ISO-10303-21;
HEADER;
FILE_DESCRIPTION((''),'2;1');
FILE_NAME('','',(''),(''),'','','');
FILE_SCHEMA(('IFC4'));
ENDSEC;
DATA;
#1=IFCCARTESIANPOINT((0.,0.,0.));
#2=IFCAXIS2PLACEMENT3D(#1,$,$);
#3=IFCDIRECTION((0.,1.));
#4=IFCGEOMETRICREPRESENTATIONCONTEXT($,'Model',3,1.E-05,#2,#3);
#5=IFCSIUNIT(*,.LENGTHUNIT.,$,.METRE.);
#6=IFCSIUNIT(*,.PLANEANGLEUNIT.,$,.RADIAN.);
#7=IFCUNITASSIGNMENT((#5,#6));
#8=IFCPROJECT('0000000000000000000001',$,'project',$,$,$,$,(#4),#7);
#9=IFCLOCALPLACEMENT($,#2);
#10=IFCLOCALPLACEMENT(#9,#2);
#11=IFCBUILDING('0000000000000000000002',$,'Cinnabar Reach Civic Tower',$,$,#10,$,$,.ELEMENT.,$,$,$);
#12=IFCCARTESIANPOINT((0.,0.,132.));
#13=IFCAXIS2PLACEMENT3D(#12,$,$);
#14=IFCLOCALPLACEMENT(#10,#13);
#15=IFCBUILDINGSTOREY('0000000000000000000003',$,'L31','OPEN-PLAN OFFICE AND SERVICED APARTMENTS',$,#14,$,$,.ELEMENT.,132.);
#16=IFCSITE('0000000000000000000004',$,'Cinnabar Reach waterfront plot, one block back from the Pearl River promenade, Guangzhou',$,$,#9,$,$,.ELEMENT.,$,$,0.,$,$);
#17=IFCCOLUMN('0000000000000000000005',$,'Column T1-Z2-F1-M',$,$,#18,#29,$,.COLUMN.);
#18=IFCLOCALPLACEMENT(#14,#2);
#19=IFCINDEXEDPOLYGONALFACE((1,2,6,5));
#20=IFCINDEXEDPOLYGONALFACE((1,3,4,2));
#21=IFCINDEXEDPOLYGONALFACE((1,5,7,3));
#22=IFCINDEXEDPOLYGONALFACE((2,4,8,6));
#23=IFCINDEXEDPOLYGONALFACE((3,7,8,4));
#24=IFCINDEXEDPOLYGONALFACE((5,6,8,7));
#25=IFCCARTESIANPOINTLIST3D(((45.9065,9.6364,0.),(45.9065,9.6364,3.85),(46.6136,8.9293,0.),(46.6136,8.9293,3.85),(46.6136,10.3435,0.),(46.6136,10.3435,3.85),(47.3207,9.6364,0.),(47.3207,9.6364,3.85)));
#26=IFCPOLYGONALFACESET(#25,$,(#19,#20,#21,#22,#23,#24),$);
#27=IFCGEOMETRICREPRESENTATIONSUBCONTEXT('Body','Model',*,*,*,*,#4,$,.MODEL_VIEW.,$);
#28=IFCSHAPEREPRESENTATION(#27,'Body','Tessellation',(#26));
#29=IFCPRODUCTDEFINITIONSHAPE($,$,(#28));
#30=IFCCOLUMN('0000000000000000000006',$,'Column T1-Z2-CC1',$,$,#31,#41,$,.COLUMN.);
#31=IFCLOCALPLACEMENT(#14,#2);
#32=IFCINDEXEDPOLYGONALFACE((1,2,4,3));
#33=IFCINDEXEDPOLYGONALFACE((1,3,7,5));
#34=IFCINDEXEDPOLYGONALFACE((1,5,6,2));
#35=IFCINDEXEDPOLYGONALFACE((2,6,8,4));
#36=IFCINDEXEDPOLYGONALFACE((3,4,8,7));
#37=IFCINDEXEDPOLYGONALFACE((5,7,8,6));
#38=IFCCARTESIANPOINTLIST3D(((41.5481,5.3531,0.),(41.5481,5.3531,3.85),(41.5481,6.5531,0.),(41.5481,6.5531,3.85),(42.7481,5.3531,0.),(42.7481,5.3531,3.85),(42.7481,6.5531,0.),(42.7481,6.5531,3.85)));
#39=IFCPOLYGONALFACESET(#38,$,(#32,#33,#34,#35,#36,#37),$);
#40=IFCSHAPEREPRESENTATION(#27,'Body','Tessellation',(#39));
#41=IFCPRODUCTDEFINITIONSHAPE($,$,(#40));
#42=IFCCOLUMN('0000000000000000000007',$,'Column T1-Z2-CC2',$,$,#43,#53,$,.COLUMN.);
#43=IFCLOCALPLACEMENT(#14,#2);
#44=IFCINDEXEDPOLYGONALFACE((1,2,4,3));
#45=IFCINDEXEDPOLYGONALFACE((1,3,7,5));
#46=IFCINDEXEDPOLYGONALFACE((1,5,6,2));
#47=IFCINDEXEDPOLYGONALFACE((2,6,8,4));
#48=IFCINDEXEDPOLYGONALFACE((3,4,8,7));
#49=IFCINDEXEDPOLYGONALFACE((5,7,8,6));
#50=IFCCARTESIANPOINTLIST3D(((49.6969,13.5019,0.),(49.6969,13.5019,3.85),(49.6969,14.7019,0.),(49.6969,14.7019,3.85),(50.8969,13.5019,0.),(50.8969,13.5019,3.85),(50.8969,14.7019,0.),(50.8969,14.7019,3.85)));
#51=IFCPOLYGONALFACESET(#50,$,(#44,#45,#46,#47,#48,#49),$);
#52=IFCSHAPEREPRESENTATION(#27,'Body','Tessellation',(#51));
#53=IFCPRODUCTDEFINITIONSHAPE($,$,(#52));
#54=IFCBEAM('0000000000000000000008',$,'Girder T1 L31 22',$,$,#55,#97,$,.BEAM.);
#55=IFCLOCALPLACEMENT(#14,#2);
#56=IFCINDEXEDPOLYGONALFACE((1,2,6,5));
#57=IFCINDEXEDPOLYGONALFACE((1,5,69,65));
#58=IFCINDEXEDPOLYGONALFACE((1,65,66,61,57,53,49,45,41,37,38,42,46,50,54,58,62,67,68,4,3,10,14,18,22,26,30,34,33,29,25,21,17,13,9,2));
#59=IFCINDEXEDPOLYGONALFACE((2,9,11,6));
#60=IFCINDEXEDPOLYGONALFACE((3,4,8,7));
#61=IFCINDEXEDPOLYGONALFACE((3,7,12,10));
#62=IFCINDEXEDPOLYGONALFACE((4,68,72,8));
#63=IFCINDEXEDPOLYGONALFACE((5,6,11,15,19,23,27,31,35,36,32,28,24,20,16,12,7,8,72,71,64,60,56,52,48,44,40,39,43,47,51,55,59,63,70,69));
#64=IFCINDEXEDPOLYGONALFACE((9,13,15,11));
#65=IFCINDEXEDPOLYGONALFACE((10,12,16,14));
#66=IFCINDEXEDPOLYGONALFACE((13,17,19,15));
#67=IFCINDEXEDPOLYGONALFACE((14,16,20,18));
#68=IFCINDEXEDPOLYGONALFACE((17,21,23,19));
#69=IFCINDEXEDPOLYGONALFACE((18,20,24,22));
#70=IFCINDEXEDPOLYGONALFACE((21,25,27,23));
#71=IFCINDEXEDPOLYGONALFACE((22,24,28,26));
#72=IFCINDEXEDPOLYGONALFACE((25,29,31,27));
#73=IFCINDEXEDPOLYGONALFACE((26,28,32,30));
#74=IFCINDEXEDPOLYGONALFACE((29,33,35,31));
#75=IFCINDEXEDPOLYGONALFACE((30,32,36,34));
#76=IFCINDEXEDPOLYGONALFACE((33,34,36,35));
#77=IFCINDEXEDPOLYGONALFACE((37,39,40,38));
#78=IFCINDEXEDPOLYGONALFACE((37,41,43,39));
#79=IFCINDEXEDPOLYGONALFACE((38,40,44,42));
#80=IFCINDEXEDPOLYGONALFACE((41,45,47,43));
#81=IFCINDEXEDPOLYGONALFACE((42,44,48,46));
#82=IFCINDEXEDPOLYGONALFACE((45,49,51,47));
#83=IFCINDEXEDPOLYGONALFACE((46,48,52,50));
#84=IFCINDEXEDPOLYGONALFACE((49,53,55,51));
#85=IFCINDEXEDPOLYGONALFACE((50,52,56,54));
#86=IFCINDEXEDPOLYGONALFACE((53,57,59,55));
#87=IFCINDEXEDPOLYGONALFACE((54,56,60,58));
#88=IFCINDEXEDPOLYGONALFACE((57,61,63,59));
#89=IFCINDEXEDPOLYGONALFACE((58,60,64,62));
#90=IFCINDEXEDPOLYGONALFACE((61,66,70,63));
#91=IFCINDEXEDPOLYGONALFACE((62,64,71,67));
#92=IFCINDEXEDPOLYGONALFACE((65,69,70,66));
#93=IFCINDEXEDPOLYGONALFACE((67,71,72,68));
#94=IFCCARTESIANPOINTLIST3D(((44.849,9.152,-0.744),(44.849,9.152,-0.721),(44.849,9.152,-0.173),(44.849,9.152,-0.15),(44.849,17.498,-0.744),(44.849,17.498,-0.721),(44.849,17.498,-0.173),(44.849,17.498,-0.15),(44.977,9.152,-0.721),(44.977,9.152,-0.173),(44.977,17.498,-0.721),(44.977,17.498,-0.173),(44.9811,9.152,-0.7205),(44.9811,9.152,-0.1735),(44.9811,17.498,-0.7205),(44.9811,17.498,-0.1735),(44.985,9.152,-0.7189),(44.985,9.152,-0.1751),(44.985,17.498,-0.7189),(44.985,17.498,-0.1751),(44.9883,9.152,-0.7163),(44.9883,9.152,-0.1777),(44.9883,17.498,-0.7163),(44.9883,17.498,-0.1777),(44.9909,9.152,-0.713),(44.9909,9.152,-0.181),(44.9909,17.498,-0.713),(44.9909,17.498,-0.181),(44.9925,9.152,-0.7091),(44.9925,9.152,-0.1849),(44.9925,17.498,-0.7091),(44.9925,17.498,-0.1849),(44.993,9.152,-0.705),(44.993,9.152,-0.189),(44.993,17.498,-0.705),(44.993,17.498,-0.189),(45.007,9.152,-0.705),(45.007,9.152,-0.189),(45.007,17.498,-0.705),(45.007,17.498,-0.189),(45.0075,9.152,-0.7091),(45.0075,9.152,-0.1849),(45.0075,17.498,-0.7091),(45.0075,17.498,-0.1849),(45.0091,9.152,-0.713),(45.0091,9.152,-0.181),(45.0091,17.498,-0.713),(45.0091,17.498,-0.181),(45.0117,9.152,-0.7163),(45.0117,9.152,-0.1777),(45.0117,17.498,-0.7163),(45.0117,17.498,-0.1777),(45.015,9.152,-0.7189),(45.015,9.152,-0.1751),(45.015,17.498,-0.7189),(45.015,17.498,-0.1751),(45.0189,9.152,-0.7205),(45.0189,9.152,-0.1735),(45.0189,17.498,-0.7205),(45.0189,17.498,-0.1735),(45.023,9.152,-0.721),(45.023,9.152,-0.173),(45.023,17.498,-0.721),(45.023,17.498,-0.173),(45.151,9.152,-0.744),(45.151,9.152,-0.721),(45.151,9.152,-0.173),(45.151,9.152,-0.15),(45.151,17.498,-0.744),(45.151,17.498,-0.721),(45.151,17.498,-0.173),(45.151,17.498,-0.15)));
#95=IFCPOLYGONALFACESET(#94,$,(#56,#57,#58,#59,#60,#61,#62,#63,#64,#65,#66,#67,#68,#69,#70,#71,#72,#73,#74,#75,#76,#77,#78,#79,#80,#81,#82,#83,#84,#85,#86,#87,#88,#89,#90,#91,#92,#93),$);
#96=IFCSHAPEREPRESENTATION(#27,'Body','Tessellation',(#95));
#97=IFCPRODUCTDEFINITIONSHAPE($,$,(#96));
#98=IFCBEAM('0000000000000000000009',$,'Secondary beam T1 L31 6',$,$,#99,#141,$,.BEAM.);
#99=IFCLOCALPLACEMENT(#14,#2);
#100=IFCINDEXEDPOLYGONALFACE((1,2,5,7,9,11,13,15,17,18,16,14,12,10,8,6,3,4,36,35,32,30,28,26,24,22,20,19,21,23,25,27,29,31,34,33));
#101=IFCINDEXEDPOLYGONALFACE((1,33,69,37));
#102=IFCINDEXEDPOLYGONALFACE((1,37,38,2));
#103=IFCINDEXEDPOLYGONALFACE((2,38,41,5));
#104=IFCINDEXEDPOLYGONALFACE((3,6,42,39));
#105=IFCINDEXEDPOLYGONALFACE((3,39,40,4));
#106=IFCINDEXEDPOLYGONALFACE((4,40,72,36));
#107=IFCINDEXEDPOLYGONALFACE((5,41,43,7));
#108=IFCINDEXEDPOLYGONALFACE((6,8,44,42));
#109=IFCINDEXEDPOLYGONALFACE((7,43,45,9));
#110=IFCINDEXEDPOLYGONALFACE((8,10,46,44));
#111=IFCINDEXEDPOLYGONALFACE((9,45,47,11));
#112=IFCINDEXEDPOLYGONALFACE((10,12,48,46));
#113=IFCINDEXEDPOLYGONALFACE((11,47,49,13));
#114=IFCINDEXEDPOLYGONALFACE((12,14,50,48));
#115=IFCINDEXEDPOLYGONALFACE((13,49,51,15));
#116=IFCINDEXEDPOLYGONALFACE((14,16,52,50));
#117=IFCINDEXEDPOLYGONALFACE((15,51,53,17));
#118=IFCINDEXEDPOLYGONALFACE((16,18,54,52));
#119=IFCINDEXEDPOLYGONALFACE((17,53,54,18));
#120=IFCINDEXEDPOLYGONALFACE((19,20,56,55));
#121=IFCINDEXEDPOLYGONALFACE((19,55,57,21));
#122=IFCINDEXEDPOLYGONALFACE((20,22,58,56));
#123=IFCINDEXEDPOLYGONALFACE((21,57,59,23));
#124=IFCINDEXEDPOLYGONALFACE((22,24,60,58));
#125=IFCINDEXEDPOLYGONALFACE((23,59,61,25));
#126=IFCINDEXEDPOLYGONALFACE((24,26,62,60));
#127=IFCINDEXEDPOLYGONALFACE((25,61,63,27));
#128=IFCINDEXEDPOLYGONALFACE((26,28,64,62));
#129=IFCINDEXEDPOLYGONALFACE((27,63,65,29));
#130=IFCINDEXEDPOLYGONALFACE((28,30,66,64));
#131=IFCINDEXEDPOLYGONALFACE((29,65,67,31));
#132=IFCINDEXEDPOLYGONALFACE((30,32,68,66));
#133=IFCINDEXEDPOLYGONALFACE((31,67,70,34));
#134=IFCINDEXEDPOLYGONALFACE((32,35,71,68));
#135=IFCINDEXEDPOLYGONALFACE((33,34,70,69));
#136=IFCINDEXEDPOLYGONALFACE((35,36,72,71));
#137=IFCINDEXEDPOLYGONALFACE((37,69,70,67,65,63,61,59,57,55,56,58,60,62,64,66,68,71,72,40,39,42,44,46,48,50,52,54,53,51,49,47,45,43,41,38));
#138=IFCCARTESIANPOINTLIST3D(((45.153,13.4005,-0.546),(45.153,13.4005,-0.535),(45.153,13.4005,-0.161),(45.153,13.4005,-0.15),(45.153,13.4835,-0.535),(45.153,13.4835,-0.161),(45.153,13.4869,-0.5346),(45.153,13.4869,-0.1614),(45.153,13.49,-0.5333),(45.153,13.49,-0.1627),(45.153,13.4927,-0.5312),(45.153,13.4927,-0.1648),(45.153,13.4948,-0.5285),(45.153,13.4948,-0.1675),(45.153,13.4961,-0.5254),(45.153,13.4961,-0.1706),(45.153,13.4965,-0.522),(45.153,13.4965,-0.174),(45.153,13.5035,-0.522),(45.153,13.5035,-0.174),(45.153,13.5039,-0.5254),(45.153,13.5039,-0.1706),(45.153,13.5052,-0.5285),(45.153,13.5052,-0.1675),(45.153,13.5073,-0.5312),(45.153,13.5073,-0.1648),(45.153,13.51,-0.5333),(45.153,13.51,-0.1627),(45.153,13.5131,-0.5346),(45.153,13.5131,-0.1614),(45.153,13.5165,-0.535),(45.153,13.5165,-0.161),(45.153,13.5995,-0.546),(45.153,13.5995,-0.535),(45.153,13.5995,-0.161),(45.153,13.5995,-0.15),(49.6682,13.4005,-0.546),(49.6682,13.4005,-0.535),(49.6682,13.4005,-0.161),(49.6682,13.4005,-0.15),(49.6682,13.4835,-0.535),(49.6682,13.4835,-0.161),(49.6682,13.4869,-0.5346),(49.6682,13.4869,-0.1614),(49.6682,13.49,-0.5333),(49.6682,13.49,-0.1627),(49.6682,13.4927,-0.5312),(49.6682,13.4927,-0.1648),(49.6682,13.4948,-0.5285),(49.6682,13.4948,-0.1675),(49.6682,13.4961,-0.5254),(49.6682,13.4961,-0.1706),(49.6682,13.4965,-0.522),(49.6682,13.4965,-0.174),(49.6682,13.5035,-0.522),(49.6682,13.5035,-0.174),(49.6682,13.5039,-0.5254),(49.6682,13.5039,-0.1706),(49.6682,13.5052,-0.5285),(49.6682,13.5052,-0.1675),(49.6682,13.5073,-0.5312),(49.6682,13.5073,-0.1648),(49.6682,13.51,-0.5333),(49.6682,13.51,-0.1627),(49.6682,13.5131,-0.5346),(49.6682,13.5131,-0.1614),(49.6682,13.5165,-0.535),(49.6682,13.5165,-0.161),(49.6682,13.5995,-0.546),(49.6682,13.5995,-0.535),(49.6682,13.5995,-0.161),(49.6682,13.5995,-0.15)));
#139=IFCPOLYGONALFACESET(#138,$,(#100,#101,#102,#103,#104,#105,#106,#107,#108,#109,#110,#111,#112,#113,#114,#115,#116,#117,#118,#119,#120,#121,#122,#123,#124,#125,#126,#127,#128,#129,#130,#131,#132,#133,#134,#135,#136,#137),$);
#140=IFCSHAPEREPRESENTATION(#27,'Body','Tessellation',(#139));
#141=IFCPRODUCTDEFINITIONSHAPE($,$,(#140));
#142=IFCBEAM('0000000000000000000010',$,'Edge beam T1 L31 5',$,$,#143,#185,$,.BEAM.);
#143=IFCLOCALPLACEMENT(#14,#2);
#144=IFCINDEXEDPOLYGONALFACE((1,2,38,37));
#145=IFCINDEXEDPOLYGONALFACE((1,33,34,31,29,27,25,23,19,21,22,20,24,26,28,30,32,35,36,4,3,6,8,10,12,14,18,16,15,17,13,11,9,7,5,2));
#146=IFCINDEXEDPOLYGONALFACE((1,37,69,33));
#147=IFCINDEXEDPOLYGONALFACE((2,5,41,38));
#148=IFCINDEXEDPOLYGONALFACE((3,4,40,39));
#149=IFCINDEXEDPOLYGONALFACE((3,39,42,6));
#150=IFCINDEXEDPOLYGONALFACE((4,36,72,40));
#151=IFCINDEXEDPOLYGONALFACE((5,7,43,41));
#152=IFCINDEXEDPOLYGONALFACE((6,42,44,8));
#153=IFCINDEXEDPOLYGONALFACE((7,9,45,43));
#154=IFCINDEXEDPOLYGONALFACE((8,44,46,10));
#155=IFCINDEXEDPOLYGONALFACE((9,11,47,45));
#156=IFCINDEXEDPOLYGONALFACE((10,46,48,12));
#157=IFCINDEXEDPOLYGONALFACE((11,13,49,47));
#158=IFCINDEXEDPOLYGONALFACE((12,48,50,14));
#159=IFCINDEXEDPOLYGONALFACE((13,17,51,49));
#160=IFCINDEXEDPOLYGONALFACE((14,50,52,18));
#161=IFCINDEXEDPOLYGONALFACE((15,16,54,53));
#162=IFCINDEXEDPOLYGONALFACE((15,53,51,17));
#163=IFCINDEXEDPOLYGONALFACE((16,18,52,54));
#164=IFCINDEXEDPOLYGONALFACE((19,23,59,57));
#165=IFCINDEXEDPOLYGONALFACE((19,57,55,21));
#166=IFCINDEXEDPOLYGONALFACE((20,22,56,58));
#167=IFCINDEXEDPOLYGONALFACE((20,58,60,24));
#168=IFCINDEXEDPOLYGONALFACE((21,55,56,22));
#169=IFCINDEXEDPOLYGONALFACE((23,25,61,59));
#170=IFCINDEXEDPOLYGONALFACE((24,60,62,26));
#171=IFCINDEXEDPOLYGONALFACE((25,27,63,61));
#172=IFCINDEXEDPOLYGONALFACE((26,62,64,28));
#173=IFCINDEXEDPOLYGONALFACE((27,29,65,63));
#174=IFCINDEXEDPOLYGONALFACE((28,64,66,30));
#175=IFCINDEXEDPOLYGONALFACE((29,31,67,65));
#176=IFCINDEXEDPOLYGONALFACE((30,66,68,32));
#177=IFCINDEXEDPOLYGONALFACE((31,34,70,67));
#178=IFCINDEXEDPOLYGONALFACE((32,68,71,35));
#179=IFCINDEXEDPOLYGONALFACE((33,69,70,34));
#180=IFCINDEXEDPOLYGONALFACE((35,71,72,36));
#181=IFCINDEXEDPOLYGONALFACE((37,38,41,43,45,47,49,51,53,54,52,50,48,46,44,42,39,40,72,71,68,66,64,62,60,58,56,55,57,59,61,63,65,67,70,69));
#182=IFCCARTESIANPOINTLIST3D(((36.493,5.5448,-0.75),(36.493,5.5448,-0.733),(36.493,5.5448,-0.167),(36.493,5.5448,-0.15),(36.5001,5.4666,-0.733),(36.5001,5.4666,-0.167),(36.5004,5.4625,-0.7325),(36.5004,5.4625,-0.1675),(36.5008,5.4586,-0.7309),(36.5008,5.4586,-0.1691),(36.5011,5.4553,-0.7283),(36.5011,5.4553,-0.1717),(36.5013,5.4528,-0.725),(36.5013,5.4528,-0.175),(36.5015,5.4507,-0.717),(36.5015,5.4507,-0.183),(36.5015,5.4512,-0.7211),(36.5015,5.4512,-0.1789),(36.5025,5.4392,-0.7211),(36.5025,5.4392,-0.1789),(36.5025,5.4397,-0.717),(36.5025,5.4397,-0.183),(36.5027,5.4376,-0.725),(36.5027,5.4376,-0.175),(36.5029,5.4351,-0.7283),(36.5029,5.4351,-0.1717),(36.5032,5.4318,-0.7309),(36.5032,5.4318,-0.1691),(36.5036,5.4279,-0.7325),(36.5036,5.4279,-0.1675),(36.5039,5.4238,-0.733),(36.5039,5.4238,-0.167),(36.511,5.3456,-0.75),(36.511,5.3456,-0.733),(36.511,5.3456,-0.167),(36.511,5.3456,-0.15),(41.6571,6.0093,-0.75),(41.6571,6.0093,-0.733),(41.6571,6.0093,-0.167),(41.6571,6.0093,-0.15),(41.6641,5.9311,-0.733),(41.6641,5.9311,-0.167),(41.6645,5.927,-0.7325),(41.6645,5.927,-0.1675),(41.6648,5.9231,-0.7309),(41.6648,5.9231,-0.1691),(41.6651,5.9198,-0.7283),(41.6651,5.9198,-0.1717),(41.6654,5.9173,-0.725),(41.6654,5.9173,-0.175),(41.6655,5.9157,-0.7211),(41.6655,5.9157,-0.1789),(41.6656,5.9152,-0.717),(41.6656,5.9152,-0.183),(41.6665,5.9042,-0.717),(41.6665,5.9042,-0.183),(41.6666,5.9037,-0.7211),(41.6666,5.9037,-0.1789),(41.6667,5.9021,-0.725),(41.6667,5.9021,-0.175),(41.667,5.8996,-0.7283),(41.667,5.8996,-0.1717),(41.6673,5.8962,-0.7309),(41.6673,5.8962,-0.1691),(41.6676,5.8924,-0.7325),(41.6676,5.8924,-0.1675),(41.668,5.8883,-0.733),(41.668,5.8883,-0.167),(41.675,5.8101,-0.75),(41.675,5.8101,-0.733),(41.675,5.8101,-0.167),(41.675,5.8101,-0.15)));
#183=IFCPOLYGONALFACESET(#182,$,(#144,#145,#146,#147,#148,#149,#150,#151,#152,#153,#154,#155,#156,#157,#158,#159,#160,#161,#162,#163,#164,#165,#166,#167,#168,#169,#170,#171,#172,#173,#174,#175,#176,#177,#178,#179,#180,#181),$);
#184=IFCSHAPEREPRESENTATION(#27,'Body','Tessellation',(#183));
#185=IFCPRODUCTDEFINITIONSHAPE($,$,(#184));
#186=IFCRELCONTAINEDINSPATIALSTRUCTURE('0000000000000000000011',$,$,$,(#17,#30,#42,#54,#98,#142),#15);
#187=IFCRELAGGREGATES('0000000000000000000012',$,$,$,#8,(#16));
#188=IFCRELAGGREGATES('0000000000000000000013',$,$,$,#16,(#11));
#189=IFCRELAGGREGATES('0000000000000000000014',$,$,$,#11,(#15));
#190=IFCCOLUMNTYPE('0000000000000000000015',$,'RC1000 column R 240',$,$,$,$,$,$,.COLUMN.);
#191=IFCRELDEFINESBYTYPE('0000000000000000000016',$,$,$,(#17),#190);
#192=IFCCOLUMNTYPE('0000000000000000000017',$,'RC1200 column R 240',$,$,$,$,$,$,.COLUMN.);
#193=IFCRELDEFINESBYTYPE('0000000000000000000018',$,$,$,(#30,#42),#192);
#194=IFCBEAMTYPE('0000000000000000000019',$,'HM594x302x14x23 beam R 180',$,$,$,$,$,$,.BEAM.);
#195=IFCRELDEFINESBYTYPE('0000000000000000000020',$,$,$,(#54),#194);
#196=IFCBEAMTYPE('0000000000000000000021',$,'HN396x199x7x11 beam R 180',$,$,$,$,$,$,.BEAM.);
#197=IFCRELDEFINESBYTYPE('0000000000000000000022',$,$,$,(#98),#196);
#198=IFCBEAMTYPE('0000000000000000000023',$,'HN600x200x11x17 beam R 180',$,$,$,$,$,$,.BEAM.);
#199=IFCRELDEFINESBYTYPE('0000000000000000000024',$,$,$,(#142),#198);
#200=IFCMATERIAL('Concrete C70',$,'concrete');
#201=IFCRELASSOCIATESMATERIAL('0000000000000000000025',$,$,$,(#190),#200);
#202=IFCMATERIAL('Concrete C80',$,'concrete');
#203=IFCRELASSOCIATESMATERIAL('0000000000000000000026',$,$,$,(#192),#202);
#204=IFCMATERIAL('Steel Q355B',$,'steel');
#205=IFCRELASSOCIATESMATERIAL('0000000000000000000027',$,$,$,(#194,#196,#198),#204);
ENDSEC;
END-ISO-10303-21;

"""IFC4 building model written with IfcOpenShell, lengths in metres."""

from ifc_helpers import new_model, si_unit, direction, frame, origin, origin_2d, place, context, subcontext, project, spatial, rectangle, i_section, extrude, material, material_profile, profile_set, type_object, element, save


model = new_model("IFC4")

# Units and contexts
model_context = context("Model", 3, precision=1e-05, world=origin(), true_north=direction((0.0, 1.0)))
body_context = subcontext(model_context, "Body", "Model", "MODEL_VIEW")
ifc_project = project(units=[si_unit("LENGTHUNIT", "METRE"), si_unit("PLANEANGLEUNIT", "RADIAN")], contexts=[model_context])

# Site, building, storey
site_placement = place(None, origin())
site = spatial("IfcSite", under=ifc_project, at=site_placement, Name="Cinnabar Reach waterfront plot, one block back from the Pearl River promenade, Guangzhou", CompositionType="ELEMENT", RefElevation=0.0)
building_placement = place(site_placement, origin())
building = spatial("IfcBuilding", under=site, at=building_placement, Name="Cinnabar Reach Civic Tower", CompositionType="ELEMENT")
storey_placement = place(building_placement, frame((0.0, 0.0, 132.0)))
storey = spatial("IfcBuildingStorey", under=building, at=storey_placement, Name="L31", Description="OPEN-PLAN OFFICE AND SERVICED APARTMENTS", CompositionType="ELEMENT", Elevation=132.0)

# Columns
ifc_material_1 = material(Name="Concrete C70", Category="concrete")
ifc_material_profile_1 = material_profile(ifc_material_1, rectangle(XDim=1.0, YDim=1.0, at=origin_2d()), Name="RC1000")
ifc_profile_set_1 = profile_set([ifc_material_profile_1], Name="Concrete C70")
column_type_1 = type_object("IfcColumnType", Name="RC1000 column R 240", PredefinedType="COLUMN", material=ifc_profile_set_1)
column_placement = place(storey_placement, frame((46.6136, 9.6364, 0.0), z_axis=(0.0, 0.0, 1.0), x_axis=(0.707107, 0.707107, 0.0)))
element("IfcColumn", 1, at=column_placement, inside=storey, type_object=column_type_1, Name="Column T1-Z2-F1-M", PredefinedType="COLUMN", context=body_context, shape_type="SweptSolid", body=[
    extrude(rectangle(XDim=1.0, YDim=1.0, at=origin_2d()), origin(), (0.0, 0.0, 1.0), 3.85),
])
ifc_material_2 = material(Name="Concrete C80", Category="concrete")
ifc_material_profile_2 = material_profile(ifc_material_2, rectangle(XDim=1.2, YDim=1.2, at=origin_2d()), Name="RC1200")
ifc_profile_set_2 = profile_set([ifc_material_profile_2], Name="Concrete C80")
column_type_2 = type_object("IfcColumnType", Name="RC1200 column R 240", PredefinedType="COLUMN", material=ifc_profile_set_2)
for number, where, z_axis, x_axis, name in (
    (2, (42.1481, 5.9531, 0.0), (0.0, 0.0, 1.0), (1.0, 0.0, 0.0), "Column T1-Z2-CC1"),
    (3, (50.2969, 14.1019, 0.0), (0.0, 0.0, 1.0), (1.0, 0.0, 0.0), "Column T1-Z2-CC2"),
):
    element("IfcColumn", number, at=place(storey_placement, frame(where, z_axis=z_axis, x_axis=x_axis)), inside=storey, type_object=column_type_2, Name=name, PredefinedType="COLUMN", context=body_context, shape_type="SweptSolid", body=[
        extrude(rectangle(XDim=1.2, YDim=1.2, at=origin_2d()), origin(), (0.0, 0.0, 1.0), 3.85),
    ])

# Beams
ifc_material_3 = material(Name="Steel Q355B", Category="steel")
ifc_material_profile_3 = material_profile(ifc_material_3, i_section(OverallWidth=0.302, OverallDepth=0.594, WebThickness=0.014, FlangeThickness=0.023, FilletRadius=0.016, at=origin_2d()), Name="HM594x302x14x23")
ifc_profile_set_3 = profile_set([ifc_material_profile_3], Name="Steel Q355B")
beam_type_1 = type_object("IfcBeamType", Name="HM594x302x14x23 beam R 180", PredefinedType="BEAM", material=ifc_profile_set_3)
beam_1_placement = place(storey_placement, frame((45.0, 9.152, -0.447), z_axis=(0.0, 1.0, 0.0), x_axis=(-1.0, 0.0, 0.0)))
element("IfcBeam", 4, at=beam_1_placement, inside=storey, type_object=beam_type_1, Name="Girder T1 L31 22", PredefinedType="BEAM", context=body_context, shape_type="SweptSolid", body=[
    extrude(i_section(OverallWidth=0.302, OverallDepth=0.594, WebThickness=0.014, FlangeThickness=0.023, FilletRadius=0.016, at=origin_2d()), origin(), (0.0, 0.0, 1.0), 8.346),
])
ifc_material_profile_4 = material_profile(ifc_material_3, i_section(OverallWidth=0.199, OverallDepth=0.396, WebThickness=0.007, FlangeThickness=0.011, FilletRadius=0.013, at=origin_2d()), Name="HN396x199x7x11")
ifc_profile_set_4 = profile_set([ifc_material_profile_4], Name="Steel Q355B")
beam_type_2 = type_object("IfcBeamType", Name="HN396x199x7x11 beam R 180", PredefinedType="BEAM", material=ifc_profile_set_4)
beam_2_placement = place(storey_placement, frame((45.153, 13.5, -0.348), z_axis=(1.0, 0.0, 0.0), x_axis=(0.0, 1.0, 0.0)))
element("IfcBeam", 5, at=beam_2_placement, inside=storey, type_object=beam_type_2, Name="Secondary beam T1 L31 6", PredefinedType="BEAM", context=body_context, shape_type="SweptSolid", body=[
    extrude(i_section(OverallWidth=0.199, OverallDepth=0.396, WebThickness=0.007, FlangeThickness=0.011, FilletRadius=0.013, at=origin_2d()), origin(), (0.0, 0.0, 1.0), 4.5152),
])
ifc_material_profile_5 = material_profile(ifc_material_3, i_section(OverallWidth=0.2, OverallDepth=0.6, WebThickness=0.011, FlangeThickness=0.017, FilletRadius=0.016, at=origin_2d()), Name="HN600x200x11x17")
ifc_profile_set_5 = profile_set([ifc_material_profile_5], Name="Steel Q355B")
beam_type_3 = type_object("IfcBeamType", Name="HN600x200x11x17 beam R 180", PredefinedType="BEAM", material=ifc_profile_set_5)
beam_3_placement = place(storey_placement, frame((36.502, 5.4452, -0.45), z_axis=(0.995979, 0.089586, 0.0), x_axis=(-0.089586, 0.995979, 0.0)))
element("IfcBeam", 6, at=beam_3_placement, inside=storey, type_object=beam_type_3, Name="Edge beam T1 L31 5", PredefinedType="BEAM", context=body_context, shape_type="SweptSolid", body=[
    extrude(i_section(OverallWidth=0.2, OverallDepth=0.6, WebThickness=0.011, FlangeThickness=0.017, FilletRadius=0.016, at=origin_2d()), origin(), (0.0, 0.0, 1.0), 5.1849),
])

save(model, "model.ifc")
